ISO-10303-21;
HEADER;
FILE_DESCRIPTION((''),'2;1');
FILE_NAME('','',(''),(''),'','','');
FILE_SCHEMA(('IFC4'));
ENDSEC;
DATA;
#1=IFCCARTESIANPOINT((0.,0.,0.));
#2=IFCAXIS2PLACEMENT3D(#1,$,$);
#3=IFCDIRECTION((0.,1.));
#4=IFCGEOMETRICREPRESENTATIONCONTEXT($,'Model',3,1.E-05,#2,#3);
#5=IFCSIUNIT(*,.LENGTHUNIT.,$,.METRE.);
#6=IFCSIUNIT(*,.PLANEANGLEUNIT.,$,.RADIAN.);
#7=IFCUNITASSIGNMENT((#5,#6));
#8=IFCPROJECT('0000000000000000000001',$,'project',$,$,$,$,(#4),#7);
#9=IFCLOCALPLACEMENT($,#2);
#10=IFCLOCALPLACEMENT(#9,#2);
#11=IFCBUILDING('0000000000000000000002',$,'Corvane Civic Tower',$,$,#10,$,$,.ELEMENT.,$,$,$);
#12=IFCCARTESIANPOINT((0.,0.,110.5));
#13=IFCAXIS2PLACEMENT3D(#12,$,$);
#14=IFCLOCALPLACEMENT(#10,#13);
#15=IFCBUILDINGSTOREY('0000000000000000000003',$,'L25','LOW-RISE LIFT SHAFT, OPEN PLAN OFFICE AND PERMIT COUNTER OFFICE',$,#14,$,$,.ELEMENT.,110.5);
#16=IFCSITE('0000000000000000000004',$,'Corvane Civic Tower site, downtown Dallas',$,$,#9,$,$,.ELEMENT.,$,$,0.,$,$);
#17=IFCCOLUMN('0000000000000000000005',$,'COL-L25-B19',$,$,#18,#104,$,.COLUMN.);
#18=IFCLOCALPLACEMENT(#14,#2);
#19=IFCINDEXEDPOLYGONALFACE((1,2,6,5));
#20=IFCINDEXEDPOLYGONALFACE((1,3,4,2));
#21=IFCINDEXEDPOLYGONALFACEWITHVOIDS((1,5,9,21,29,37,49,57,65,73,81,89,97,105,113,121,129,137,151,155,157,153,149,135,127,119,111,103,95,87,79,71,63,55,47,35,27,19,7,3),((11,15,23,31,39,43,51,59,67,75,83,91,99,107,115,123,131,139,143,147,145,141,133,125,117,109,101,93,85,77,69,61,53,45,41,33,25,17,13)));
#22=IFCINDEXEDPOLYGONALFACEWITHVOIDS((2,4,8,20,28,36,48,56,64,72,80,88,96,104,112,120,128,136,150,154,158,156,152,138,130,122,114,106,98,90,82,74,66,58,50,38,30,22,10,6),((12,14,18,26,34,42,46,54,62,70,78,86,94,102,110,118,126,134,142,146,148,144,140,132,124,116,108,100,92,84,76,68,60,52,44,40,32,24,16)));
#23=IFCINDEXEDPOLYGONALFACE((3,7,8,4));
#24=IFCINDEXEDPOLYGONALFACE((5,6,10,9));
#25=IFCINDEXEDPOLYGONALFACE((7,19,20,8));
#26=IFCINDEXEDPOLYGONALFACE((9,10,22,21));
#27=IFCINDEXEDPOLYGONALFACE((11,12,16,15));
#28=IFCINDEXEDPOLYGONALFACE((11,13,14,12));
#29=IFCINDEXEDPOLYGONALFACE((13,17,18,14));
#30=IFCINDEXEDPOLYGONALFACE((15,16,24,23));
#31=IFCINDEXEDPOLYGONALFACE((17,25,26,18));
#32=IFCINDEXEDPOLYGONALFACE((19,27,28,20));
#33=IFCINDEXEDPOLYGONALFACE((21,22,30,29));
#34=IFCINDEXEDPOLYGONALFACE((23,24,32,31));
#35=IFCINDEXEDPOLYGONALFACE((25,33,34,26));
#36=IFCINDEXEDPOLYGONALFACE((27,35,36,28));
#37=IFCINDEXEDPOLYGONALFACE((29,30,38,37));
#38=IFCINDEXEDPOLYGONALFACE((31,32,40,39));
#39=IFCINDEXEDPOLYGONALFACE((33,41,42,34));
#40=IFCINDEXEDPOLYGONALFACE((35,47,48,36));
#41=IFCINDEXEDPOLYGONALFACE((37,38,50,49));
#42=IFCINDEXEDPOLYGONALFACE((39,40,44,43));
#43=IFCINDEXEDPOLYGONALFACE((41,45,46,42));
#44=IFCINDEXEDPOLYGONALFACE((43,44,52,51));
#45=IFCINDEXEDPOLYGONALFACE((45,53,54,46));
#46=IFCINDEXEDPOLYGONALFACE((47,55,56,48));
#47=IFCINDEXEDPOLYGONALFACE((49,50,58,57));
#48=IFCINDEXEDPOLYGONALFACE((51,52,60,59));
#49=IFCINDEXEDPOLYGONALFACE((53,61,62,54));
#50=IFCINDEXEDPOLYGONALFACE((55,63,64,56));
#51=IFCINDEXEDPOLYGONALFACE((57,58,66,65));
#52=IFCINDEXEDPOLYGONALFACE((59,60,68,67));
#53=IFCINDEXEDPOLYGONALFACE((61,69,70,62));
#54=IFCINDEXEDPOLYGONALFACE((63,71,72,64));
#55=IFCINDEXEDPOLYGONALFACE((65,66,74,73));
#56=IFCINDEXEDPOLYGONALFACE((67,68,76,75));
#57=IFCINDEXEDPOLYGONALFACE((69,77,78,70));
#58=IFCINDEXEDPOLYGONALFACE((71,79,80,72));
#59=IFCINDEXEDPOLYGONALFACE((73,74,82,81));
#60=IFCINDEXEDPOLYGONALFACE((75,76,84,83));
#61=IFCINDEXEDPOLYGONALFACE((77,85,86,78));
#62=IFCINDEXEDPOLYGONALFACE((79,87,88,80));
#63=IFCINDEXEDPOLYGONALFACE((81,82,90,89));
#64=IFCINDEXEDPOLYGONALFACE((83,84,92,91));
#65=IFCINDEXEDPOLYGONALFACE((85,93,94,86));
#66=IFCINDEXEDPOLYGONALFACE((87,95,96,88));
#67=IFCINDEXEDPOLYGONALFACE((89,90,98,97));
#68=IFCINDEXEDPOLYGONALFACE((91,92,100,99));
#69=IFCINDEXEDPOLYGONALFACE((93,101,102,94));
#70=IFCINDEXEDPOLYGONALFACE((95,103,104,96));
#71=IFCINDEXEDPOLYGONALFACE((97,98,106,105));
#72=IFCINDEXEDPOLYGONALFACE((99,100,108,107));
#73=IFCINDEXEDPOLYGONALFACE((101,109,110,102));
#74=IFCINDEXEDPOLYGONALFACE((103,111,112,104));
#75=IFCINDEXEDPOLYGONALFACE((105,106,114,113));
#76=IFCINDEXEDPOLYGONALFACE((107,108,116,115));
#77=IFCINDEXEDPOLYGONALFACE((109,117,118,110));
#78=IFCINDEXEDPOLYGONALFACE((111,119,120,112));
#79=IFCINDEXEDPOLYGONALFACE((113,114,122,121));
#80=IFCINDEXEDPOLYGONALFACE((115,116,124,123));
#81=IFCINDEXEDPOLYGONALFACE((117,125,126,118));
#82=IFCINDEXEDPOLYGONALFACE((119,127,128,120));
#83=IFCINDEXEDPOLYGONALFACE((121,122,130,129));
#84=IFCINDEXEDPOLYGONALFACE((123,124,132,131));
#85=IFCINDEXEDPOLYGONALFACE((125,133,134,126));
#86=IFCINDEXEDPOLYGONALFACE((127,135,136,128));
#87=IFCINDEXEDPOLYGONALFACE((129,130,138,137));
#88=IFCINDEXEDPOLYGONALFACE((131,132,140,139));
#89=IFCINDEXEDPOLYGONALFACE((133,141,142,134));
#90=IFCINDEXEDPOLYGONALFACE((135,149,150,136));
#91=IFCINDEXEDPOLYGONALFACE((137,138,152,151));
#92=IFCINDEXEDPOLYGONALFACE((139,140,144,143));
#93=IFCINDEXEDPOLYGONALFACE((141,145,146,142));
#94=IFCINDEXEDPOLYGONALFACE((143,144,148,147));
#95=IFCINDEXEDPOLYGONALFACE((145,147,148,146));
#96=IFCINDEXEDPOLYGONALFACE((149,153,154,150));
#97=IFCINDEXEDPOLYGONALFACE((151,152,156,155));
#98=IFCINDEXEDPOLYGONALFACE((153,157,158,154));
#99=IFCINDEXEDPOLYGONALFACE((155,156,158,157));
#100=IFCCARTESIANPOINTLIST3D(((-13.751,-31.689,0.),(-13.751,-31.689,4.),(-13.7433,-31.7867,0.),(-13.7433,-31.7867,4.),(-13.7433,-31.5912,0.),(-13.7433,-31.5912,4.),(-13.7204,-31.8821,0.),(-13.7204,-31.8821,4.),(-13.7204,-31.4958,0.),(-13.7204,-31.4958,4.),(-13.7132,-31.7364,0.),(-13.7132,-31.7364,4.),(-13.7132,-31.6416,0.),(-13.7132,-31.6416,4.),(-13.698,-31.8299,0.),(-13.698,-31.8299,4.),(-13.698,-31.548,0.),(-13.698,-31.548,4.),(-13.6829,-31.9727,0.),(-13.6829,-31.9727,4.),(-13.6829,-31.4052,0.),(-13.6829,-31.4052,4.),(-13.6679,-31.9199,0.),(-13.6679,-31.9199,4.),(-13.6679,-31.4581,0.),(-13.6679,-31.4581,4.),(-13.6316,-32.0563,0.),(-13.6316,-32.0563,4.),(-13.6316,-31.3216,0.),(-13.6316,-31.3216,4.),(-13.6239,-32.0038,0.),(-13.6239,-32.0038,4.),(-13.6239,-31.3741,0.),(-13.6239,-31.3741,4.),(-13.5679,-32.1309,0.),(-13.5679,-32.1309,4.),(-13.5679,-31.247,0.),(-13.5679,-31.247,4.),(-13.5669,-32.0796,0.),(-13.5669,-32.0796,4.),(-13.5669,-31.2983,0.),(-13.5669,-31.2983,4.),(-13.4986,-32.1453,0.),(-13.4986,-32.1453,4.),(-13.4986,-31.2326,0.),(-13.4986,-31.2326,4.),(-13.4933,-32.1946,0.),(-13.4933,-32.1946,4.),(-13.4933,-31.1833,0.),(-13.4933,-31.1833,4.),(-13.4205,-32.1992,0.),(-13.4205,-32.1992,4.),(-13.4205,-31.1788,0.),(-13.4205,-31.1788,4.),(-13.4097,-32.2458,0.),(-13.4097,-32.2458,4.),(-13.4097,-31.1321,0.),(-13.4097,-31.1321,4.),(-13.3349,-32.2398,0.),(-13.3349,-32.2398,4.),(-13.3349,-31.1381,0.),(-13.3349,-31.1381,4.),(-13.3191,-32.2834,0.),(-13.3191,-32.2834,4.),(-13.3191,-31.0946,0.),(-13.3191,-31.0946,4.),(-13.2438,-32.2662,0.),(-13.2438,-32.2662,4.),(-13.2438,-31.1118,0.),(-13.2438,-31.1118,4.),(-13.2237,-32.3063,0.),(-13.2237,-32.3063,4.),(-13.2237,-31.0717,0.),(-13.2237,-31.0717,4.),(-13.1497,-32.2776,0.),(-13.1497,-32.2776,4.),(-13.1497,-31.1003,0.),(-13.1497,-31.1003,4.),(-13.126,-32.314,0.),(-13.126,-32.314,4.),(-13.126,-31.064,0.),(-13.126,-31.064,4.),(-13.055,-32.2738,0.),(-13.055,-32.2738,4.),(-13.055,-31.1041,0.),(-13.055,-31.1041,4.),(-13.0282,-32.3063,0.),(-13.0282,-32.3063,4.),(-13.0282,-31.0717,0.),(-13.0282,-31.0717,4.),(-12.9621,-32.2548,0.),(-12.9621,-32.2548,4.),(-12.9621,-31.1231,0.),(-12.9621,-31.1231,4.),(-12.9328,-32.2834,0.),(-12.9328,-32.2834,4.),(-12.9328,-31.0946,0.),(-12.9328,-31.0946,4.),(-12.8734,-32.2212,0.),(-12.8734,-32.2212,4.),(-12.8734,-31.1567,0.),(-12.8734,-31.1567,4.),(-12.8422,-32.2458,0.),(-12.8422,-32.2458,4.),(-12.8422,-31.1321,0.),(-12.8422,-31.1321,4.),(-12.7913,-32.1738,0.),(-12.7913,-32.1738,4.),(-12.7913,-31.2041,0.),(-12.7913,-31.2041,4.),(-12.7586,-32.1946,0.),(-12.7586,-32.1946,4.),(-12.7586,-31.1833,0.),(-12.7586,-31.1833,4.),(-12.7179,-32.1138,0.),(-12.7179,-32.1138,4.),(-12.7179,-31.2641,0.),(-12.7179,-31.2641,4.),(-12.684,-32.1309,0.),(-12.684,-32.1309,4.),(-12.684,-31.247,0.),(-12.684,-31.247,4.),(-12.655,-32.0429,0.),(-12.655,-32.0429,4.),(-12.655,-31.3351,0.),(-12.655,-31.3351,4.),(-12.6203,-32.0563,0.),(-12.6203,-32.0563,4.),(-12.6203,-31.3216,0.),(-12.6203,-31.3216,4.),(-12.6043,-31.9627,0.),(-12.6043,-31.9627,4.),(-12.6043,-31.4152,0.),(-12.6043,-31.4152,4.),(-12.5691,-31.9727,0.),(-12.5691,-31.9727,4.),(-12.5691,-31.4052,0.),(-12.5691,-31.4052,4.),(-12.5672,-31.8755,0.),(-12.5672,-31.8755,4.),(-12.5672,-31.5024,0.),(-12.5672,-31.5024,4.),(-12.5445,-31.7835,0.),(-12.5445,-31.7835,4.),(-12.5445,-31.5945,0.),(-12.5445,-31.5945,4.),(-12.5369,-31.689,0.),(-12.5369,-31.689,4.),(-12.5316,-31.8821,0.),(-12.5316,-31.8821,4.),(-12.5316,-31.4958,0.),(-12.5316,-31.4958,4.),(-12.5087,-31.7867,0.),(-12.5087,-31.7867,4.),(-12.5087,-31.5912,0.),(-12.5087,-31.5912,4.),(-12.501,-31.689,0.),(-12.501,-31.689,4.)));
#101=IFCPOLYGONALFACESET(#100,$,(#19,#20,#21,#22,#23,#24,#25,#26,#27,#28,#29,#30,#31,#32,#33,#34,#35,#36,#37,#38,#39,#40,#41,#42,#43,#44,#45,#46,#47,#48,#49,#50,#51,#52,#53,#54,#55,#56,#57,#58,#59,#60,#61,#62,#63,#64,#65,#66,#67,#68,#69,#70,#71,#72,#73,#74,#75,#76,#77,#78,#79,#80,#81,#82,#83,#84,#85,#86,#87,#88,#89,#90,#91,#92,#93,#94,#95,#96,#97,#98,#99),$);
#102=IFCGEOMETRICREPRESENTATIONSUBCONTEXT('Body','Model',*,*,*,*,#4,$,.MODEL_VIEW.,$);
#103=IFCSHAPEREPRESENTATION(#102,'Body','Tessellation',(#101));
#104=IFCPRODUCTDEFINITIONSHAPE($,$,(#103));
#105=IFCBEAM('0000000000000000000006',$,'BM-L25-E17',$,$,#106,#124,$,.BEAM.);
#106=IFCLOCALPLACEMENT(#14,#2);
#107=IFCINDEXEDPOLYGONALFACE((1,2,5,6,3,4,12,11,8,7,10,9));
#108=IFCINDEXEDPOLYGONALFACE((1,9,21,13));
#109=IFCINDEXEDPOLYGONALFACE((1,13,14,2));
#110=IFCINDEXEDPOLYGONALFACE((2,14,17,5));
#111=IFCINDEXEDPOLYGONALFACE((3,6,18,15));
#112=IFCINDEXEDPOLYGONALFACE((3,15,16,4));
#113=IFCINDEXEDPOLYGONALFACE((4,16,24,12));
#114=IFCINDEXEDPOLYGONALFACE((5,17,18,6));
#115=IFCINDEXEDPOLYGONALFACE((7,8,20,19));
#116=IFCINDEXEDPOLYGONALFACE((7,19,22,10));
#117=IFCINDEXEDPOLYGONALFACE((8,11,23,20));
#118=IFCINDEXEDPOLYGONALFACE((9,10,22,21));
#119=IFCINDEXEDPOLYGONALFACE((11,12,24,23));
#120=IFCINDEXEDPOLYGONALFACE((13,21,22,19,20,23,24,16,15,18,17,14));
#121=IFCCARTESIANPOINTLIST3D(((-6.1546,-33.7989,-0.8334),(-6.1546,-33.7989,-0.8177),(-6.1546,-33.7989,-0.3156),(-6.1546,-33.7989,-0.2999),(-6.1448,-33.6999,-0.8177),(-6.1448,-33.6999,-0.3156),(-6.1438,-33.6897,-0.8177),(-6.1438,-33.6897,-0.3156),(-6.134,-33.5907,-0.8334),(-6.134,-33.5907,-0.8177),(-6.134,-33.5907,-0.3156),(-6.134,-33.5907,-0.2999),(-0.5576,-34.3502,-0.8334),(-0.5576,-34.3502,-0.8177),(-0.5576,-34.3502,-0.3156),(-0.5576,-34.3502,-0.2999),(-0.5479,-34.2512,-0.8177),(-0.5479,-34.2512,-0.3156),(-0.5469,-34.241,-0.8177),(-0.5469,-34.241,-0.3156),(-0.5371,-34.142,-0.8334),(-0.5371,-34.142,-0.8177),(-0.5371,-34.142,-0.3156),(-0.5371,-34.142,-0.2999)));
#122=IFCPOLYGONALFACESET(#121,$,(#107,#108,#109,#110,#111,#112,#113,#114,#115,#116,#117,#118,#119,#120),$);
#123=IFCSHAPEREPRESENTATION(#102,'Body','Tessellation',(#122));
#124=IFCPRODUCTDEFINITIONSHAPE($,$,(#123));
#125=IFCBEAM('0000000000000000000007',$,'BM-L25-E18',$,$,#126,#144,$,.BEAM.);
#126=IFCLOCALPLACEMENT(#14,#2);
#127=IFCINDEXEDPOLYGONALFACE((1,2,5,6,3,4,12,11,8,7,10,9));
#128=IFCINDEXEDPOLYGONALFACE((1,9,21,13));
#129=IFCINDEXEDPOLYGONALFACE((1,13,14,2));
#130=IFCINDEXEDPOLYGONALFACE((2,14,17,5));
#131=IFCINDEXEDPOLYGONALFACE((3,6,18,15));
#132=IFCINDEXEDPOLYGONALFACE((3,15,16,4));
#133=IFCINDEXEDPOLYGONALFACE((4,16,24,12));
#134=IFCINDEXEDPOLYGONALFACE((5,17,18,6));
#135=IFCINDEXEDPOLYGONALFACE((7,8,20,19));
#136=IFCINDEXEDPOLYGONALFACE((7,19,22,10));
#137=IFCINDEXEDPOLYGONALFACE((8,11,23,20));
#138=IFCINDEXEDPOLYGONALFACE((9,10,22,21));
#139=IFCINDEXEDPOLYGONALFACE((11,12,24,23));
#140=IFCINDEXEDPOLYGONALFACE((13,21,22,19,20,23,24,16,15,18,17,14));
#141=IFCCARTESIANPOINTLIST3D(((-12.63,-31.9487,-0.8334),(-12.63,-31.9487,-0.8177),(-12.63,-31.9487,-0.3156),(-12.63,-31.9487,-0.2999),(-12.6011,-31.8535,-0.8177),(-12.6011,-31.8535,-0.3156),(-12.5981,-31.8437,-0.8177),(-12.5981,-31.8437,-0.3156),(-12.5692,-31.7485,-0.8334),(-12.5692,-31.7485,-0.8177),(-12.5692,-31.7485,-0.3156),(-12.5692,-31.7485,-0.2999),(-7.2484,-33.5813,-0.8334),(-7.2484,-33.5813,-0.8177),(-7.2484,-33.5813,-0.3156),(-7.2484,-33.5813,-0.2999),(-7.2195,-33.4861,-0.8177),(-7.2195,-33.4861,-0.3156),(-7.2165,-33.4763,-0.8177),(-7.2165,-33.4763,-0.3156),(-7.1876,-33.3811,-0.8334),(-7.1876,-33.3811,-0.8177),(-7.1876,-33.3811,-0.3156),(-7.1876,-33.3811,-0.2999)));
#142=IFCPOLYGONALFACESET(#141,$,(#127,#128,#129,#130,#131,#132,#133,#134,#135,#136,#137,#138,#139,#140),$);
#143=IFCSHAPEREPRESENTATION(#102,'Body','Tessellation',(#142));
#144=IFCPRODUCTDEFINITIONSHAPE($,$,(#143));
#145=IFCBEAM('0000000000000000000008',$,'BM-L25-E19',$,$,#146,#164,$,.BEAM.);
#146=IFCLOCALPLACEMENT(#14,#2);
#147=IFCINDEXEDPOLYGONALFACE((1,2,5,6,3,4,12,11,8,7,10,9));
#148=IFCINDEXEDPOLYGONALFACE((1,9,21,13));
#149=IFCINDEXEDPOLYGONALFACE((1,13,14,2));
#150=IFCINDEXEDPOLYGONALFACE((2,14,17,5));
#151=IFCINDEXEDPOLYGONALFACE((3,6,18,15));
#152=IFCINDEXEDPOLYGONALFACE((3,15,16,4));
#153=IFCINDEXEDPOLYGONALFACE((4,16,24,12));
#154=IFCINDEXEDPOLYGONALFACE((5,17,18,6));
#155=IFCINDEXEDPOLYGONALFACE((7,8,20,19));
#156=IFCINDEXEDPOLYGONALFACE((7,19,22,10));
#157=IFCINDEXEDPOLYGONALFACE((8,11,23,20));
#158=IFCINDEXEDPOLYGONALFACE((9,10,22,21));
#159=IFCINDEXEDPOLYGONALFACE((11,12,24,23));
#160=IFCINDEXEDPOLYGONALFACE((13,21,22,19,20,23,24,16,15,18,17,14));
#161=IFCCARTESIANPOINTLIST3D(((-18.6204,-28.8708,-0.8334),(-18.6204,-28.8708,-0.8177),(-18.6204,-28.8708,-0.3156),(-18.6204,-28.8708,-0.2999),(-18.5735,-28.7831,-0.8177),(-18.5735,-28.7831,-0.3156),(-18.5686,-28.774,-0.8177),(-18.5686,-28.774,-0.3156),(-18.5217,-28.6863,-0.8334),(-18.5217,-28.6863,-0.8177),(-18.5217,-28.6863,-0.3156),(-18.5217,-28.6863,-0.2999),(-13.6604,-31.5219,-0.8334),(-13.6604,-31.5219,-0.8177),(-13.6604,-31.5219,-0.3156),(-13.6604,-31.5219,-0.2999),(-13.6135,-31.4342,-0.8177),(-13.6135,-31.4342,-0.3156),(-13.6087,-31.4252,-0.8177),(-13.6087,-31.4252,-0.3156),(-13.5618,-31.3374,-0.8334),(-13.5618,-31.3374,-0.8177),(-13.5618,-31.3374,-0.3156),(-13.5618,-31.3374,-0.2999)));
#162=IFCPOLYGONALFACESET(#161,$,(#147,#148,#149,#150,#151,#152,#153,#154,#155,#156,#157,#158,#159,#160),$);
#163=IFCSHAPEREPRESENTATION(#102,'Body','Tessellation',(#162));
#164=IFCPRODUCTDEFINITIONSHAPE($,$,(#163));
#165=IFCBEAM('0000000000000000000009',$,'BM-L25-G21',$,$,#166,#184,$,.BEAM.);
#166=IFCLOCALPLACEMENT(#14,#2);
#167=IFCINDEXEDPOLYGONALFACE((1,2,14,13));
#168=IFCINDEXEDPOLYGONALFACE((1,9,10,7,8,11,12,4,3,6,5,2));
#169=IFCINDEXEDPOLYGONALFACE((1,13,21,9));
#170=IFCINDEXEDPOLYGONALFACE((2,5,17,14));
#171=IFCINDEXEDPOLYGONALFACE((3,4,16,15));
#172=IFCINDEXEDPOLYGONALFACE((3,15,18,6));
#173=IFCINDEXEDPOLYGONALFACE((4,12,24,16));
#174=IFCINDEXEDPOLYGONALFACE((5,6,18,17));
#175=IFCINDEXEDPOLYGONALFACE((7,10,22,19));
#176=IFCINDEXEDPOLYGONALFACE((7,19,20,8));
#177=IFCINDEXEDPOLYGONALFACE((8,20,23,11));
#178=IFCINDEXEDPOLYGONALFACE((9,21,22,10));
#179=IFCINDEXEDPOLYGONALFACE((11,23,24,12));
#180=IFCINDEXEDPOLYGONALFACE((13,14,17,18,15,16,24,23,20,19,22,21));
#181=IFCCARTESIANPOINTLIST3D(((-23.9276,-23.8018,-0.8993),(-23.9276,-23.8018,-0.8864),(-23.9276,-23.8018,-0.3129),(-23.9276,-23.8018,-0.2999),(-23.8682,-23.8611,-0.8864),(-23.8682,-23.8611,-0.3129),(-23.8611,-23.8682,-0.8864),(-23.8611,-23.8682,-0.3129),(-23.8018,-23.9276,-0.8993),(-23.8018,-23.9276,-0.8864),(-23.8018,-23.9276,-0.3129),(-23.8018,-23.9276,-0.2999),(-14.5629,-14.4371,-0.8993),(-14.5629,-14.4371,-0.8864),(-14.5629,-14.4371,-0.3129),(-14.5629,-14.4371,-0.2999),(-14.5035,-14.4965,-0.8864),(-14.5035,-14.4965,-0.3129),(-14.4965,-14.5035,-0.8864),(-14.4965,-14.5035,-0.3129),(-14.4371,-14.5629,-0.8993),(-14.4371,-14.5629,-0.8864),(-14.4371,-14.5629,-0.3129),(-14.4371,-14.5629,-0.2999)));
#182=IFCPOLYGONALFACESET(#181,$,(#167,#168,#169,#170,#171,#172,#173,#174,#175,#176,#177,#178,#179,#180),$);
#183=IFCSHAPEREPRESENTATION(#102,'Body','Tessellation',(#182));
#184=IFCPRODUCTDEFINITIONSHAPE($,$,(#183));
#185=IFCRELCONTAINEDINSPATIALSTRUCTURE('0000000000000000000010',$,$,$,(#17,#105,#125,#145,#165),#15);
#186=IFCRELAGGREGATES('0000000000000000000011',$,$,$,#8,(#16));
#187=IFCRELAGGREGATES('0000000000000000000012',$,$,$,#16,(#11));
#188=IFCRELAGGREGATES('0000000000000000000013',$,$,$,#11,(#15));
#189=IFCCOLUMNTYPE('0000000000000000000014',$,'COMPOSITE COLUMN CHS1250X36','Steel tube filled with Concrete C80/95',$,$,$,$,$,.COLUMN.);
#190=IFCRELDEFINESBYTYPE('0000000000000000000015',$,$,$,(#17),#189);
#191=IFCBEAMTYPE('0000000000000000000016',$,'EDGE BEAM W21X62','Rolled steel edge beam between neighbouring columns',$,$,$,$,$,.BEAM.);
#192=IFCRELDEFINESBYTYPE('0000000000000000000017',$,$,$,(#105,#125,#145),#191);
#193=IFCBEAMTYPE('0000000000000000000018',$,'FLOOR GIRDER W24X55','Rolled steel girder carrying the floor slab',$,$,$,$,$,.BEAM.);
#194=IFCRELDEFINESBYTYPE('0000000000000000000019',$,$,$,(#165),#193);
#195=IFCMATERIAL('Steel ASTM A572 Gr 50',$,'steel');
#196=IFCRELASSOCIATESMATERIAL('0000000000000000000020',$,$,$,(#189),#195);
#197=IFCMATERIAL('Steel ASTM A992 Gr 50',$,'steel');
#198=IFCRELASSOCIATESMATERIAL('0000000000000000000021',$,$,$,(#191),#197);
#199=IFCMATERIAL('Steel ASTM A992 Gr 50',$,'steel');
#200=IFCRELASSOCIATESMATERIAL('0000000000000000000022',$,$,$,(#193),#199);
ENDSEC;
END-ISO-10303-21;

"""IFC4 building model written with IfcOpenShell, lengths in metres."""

from ifc_helpers import new_model, si_unit, direction, frame, origin, origin_2d, place, context, subcontext, project, spatial, hollow_circle, i_section, extrude, material, material_profile, profile_set, type_object, element, save


model = new_model("IFC4")

# Units and contexts
model_context = context("Model", 3, precision=1e-05, world=origin(), true_north=direction((0.0, 1.0)))
body_context = subcontext(model_context, "Body", "Model", "MODEL_VIEW")
ifc_project = project(units=[si_unit("LENGTHUNIT", "METRE"), si_unit("PLANEANGLEUNIT", "RADIAN")], contexts=[model_context])

# Site, building, storey
site_placement = place(None, origin())
site = spatial("IfcSite", under=ifc_project, at=site_placement, Name="Corvane Civic Tower site, downtown Dallas", CompositionType="ELEMENT", RefElevation=0.0)
building_placement = place(site_placement, origin())
building = spatial("IfcBuilding", under=site, at=building_placement, Name="Corvane Civic Tower", CompositionType="ELEMENT")
storey_placement = place(building_placement, frame((0.0, 0.0, 110.5)))
storey = spatial("IfcBuildingStorey", under=building, at=storey_placement, Name="L25", Description="LOW-RISE LIFT SHAFT, OPEN PLAN OFFICE AND PERMIT COUNTER OFFICE", CompositionType="ELEMENT", Elevation=110.5)

# Column
ifc_material_1 = material(Name="Steel ASTM A572 Gr 50", Category="steel")
ifc_material_profile_1 = material_profile(ifc_material_1, hollow_circle(Radius=0.625, WallThickness=0.0359, at=origin_2d()), Name="CHS1250X36")
ifc_profile_set_1 = profile_set([ifc_material_profile_1], Name="Steel ASTM A572 Gr 50")
column_type = type_object("IfcColumnType", Name="COMPOSITE COLUMN CHS1250X36", Description="Steel tube filled with Concrete C80/95", PredefinedType="COLUMN", material=ifc_profile_set_1)
for number, where, z_axis, x_axis, name in (
    (1, (-13.126, -31.689, 0.0), (0.0, 0.0, 1.0), (1.0, 0.0, 0.0), "COL-L25-B19"),
):
    element("IfcColumn", number, at=place(storey_placement, frame(where, z_axis=z_axis, x_axis=x_axis)), inside=storey, type_object=column_type, Name=name, PredefinedType="COLUMN", context=body_context, shape_type="SweptSolid", body=[
        extrude(hollow_circle(Radius=0.625, WallThickness=0.0359, at=origin_2d()), origin(), (0.0, 0.0, 1.0), 4.0),
    ])

# Beams
ifc_material_2 = material(Name="Steel ASTM A992 Gr 50", Category="steel")
ifc_material_profile_2 = material_profile(ifc_material_2, i_section(OverallWidth=0.2092, OverallDepth=0.5334, WebThickness=0.0103, FlangeThickness=0.0156, at=origin_2d()), Name="W21X62")
ifc_profile_set_2 = profile_set([ifc_material_profile_2], Name="Steel ASTM A992 Gr 50")
beam_type_1 = type_object("IfcBeamType", Name="EDGE BEAM W21X62", Description="Rolled steel edge beam between neighbouring columns", PredefinedType="BEAM", material=ifc_profile_set_2)
beam_1_placement = place(storey_placement, frame((-0.5474, -34.2461, -0.5667), z_axis=(-0.995184, 0.098021, 0.0), x_axis=(-0.098021, -0.995184, 0.0)))
element("IfcBeam", 2, at=beam_1_placement, inside=storey, type_object=beam_type_1, Name="BM-L25-E17", PredefinedType="BEAM", context=body_context, shape_type="SweptSolid", body=[
    extrude(i_section(OverallWidth=0.2092, OverallDepth=0.5334, WebThickness=0.0103, FlangeThickness=0.0156, at=origin_2d()), origin(), (0.0, 0.0, 1.0), 5.624),
])
beam_2_placement = place(storey_placement, frame((-7.218, -33.4812, -0.5667), z_axis=(-0.956936, 0.290298, 0.0), x_axis=(-0.290298, -0.956936, 0.0)))
element("IfcBeam", 3, at=beam_2_placement, inside=storey, type_object=beam_type_1, Name="BM-L25-E18", PredefinedType="BEAM", context=body_context, shape_type="SweptSolid", body=[
    extrude(i_section(OverallWidth=0.2092, OverallDepth=0.5334, WebThickness=0.0103, FlangeThickness=0.0156, at=origin_2d()), origin(), (0.0, 0.0, 1.0), 5.6238),
])
beam_3_placement = place(storey_placement, frame((-13.6111, -31.4297, -0.5667), z_axis=(-0.881924, 0.471392, 0.0), x_axis=(-0.471392, -0.881924, 0.0)))
element("IfcBeam", 4, at=beam_3_placement, inside=storey, type_object=beam_type_1, Name="BM-L25-E19", PredefinedType="BEAM", context=body_context, shape_type="SweptSolid", body=[
    extrude(i_section(OverallWidth=0.2092, OverallDepth=0.5334, WebThickness=0.0103, FlangeThickness=0.0156, at=origin_2d()), origin(), (0.0, 0.0, 1.0), 5.624),
])
ifc_material_3 = material(Name="Steel ASTM A992 Gr 50", Category="steel")
ifc_material_profile_3 = material_profile(ifc_material_3, i_section(OverallWidth=0.178, OverallDepth=0.5994, WebThickness=0.01, FlangeThickness=0.0129, at=origin_2d()), Name="W24X55")
ifc_profile_set_3 = profile_set([ifc_material_profile_3], Name="Steel ASTM A992 Gr 50")
beam_type_2 = type_object("IfcBeamType", Name="FLOOR GIRDER W24X55", Description="Rolled steel girder carrying the floor slab", PredefinedType="BEAM", material=ifc_profile_set_3)
beam_4_placement = place(storey_placement, frame((-14.5, -14.5, -0.5996), z_axis=(-0.707107, -0.707107, 0.0), x_axis=(0.707107, -0.707107, 0.0)))
element("IfcBeam", 5, at=beam_4_placement, inside=storey, type_object=beam_type_2, Name="BM-L25-G21", PredefinedType="BEAM", context=body_context, shape_type="SweptSolid", body=[
    extrude(i_section(OverallWidth=0.178, OverallDepth=0.5994, WebThickness=0.01, FlangeThickness=0.0129, at=origin_2d()), origin(), (0.0, 0.0, 1.0), 13.2437),
])

save(model, "model.ifc")
